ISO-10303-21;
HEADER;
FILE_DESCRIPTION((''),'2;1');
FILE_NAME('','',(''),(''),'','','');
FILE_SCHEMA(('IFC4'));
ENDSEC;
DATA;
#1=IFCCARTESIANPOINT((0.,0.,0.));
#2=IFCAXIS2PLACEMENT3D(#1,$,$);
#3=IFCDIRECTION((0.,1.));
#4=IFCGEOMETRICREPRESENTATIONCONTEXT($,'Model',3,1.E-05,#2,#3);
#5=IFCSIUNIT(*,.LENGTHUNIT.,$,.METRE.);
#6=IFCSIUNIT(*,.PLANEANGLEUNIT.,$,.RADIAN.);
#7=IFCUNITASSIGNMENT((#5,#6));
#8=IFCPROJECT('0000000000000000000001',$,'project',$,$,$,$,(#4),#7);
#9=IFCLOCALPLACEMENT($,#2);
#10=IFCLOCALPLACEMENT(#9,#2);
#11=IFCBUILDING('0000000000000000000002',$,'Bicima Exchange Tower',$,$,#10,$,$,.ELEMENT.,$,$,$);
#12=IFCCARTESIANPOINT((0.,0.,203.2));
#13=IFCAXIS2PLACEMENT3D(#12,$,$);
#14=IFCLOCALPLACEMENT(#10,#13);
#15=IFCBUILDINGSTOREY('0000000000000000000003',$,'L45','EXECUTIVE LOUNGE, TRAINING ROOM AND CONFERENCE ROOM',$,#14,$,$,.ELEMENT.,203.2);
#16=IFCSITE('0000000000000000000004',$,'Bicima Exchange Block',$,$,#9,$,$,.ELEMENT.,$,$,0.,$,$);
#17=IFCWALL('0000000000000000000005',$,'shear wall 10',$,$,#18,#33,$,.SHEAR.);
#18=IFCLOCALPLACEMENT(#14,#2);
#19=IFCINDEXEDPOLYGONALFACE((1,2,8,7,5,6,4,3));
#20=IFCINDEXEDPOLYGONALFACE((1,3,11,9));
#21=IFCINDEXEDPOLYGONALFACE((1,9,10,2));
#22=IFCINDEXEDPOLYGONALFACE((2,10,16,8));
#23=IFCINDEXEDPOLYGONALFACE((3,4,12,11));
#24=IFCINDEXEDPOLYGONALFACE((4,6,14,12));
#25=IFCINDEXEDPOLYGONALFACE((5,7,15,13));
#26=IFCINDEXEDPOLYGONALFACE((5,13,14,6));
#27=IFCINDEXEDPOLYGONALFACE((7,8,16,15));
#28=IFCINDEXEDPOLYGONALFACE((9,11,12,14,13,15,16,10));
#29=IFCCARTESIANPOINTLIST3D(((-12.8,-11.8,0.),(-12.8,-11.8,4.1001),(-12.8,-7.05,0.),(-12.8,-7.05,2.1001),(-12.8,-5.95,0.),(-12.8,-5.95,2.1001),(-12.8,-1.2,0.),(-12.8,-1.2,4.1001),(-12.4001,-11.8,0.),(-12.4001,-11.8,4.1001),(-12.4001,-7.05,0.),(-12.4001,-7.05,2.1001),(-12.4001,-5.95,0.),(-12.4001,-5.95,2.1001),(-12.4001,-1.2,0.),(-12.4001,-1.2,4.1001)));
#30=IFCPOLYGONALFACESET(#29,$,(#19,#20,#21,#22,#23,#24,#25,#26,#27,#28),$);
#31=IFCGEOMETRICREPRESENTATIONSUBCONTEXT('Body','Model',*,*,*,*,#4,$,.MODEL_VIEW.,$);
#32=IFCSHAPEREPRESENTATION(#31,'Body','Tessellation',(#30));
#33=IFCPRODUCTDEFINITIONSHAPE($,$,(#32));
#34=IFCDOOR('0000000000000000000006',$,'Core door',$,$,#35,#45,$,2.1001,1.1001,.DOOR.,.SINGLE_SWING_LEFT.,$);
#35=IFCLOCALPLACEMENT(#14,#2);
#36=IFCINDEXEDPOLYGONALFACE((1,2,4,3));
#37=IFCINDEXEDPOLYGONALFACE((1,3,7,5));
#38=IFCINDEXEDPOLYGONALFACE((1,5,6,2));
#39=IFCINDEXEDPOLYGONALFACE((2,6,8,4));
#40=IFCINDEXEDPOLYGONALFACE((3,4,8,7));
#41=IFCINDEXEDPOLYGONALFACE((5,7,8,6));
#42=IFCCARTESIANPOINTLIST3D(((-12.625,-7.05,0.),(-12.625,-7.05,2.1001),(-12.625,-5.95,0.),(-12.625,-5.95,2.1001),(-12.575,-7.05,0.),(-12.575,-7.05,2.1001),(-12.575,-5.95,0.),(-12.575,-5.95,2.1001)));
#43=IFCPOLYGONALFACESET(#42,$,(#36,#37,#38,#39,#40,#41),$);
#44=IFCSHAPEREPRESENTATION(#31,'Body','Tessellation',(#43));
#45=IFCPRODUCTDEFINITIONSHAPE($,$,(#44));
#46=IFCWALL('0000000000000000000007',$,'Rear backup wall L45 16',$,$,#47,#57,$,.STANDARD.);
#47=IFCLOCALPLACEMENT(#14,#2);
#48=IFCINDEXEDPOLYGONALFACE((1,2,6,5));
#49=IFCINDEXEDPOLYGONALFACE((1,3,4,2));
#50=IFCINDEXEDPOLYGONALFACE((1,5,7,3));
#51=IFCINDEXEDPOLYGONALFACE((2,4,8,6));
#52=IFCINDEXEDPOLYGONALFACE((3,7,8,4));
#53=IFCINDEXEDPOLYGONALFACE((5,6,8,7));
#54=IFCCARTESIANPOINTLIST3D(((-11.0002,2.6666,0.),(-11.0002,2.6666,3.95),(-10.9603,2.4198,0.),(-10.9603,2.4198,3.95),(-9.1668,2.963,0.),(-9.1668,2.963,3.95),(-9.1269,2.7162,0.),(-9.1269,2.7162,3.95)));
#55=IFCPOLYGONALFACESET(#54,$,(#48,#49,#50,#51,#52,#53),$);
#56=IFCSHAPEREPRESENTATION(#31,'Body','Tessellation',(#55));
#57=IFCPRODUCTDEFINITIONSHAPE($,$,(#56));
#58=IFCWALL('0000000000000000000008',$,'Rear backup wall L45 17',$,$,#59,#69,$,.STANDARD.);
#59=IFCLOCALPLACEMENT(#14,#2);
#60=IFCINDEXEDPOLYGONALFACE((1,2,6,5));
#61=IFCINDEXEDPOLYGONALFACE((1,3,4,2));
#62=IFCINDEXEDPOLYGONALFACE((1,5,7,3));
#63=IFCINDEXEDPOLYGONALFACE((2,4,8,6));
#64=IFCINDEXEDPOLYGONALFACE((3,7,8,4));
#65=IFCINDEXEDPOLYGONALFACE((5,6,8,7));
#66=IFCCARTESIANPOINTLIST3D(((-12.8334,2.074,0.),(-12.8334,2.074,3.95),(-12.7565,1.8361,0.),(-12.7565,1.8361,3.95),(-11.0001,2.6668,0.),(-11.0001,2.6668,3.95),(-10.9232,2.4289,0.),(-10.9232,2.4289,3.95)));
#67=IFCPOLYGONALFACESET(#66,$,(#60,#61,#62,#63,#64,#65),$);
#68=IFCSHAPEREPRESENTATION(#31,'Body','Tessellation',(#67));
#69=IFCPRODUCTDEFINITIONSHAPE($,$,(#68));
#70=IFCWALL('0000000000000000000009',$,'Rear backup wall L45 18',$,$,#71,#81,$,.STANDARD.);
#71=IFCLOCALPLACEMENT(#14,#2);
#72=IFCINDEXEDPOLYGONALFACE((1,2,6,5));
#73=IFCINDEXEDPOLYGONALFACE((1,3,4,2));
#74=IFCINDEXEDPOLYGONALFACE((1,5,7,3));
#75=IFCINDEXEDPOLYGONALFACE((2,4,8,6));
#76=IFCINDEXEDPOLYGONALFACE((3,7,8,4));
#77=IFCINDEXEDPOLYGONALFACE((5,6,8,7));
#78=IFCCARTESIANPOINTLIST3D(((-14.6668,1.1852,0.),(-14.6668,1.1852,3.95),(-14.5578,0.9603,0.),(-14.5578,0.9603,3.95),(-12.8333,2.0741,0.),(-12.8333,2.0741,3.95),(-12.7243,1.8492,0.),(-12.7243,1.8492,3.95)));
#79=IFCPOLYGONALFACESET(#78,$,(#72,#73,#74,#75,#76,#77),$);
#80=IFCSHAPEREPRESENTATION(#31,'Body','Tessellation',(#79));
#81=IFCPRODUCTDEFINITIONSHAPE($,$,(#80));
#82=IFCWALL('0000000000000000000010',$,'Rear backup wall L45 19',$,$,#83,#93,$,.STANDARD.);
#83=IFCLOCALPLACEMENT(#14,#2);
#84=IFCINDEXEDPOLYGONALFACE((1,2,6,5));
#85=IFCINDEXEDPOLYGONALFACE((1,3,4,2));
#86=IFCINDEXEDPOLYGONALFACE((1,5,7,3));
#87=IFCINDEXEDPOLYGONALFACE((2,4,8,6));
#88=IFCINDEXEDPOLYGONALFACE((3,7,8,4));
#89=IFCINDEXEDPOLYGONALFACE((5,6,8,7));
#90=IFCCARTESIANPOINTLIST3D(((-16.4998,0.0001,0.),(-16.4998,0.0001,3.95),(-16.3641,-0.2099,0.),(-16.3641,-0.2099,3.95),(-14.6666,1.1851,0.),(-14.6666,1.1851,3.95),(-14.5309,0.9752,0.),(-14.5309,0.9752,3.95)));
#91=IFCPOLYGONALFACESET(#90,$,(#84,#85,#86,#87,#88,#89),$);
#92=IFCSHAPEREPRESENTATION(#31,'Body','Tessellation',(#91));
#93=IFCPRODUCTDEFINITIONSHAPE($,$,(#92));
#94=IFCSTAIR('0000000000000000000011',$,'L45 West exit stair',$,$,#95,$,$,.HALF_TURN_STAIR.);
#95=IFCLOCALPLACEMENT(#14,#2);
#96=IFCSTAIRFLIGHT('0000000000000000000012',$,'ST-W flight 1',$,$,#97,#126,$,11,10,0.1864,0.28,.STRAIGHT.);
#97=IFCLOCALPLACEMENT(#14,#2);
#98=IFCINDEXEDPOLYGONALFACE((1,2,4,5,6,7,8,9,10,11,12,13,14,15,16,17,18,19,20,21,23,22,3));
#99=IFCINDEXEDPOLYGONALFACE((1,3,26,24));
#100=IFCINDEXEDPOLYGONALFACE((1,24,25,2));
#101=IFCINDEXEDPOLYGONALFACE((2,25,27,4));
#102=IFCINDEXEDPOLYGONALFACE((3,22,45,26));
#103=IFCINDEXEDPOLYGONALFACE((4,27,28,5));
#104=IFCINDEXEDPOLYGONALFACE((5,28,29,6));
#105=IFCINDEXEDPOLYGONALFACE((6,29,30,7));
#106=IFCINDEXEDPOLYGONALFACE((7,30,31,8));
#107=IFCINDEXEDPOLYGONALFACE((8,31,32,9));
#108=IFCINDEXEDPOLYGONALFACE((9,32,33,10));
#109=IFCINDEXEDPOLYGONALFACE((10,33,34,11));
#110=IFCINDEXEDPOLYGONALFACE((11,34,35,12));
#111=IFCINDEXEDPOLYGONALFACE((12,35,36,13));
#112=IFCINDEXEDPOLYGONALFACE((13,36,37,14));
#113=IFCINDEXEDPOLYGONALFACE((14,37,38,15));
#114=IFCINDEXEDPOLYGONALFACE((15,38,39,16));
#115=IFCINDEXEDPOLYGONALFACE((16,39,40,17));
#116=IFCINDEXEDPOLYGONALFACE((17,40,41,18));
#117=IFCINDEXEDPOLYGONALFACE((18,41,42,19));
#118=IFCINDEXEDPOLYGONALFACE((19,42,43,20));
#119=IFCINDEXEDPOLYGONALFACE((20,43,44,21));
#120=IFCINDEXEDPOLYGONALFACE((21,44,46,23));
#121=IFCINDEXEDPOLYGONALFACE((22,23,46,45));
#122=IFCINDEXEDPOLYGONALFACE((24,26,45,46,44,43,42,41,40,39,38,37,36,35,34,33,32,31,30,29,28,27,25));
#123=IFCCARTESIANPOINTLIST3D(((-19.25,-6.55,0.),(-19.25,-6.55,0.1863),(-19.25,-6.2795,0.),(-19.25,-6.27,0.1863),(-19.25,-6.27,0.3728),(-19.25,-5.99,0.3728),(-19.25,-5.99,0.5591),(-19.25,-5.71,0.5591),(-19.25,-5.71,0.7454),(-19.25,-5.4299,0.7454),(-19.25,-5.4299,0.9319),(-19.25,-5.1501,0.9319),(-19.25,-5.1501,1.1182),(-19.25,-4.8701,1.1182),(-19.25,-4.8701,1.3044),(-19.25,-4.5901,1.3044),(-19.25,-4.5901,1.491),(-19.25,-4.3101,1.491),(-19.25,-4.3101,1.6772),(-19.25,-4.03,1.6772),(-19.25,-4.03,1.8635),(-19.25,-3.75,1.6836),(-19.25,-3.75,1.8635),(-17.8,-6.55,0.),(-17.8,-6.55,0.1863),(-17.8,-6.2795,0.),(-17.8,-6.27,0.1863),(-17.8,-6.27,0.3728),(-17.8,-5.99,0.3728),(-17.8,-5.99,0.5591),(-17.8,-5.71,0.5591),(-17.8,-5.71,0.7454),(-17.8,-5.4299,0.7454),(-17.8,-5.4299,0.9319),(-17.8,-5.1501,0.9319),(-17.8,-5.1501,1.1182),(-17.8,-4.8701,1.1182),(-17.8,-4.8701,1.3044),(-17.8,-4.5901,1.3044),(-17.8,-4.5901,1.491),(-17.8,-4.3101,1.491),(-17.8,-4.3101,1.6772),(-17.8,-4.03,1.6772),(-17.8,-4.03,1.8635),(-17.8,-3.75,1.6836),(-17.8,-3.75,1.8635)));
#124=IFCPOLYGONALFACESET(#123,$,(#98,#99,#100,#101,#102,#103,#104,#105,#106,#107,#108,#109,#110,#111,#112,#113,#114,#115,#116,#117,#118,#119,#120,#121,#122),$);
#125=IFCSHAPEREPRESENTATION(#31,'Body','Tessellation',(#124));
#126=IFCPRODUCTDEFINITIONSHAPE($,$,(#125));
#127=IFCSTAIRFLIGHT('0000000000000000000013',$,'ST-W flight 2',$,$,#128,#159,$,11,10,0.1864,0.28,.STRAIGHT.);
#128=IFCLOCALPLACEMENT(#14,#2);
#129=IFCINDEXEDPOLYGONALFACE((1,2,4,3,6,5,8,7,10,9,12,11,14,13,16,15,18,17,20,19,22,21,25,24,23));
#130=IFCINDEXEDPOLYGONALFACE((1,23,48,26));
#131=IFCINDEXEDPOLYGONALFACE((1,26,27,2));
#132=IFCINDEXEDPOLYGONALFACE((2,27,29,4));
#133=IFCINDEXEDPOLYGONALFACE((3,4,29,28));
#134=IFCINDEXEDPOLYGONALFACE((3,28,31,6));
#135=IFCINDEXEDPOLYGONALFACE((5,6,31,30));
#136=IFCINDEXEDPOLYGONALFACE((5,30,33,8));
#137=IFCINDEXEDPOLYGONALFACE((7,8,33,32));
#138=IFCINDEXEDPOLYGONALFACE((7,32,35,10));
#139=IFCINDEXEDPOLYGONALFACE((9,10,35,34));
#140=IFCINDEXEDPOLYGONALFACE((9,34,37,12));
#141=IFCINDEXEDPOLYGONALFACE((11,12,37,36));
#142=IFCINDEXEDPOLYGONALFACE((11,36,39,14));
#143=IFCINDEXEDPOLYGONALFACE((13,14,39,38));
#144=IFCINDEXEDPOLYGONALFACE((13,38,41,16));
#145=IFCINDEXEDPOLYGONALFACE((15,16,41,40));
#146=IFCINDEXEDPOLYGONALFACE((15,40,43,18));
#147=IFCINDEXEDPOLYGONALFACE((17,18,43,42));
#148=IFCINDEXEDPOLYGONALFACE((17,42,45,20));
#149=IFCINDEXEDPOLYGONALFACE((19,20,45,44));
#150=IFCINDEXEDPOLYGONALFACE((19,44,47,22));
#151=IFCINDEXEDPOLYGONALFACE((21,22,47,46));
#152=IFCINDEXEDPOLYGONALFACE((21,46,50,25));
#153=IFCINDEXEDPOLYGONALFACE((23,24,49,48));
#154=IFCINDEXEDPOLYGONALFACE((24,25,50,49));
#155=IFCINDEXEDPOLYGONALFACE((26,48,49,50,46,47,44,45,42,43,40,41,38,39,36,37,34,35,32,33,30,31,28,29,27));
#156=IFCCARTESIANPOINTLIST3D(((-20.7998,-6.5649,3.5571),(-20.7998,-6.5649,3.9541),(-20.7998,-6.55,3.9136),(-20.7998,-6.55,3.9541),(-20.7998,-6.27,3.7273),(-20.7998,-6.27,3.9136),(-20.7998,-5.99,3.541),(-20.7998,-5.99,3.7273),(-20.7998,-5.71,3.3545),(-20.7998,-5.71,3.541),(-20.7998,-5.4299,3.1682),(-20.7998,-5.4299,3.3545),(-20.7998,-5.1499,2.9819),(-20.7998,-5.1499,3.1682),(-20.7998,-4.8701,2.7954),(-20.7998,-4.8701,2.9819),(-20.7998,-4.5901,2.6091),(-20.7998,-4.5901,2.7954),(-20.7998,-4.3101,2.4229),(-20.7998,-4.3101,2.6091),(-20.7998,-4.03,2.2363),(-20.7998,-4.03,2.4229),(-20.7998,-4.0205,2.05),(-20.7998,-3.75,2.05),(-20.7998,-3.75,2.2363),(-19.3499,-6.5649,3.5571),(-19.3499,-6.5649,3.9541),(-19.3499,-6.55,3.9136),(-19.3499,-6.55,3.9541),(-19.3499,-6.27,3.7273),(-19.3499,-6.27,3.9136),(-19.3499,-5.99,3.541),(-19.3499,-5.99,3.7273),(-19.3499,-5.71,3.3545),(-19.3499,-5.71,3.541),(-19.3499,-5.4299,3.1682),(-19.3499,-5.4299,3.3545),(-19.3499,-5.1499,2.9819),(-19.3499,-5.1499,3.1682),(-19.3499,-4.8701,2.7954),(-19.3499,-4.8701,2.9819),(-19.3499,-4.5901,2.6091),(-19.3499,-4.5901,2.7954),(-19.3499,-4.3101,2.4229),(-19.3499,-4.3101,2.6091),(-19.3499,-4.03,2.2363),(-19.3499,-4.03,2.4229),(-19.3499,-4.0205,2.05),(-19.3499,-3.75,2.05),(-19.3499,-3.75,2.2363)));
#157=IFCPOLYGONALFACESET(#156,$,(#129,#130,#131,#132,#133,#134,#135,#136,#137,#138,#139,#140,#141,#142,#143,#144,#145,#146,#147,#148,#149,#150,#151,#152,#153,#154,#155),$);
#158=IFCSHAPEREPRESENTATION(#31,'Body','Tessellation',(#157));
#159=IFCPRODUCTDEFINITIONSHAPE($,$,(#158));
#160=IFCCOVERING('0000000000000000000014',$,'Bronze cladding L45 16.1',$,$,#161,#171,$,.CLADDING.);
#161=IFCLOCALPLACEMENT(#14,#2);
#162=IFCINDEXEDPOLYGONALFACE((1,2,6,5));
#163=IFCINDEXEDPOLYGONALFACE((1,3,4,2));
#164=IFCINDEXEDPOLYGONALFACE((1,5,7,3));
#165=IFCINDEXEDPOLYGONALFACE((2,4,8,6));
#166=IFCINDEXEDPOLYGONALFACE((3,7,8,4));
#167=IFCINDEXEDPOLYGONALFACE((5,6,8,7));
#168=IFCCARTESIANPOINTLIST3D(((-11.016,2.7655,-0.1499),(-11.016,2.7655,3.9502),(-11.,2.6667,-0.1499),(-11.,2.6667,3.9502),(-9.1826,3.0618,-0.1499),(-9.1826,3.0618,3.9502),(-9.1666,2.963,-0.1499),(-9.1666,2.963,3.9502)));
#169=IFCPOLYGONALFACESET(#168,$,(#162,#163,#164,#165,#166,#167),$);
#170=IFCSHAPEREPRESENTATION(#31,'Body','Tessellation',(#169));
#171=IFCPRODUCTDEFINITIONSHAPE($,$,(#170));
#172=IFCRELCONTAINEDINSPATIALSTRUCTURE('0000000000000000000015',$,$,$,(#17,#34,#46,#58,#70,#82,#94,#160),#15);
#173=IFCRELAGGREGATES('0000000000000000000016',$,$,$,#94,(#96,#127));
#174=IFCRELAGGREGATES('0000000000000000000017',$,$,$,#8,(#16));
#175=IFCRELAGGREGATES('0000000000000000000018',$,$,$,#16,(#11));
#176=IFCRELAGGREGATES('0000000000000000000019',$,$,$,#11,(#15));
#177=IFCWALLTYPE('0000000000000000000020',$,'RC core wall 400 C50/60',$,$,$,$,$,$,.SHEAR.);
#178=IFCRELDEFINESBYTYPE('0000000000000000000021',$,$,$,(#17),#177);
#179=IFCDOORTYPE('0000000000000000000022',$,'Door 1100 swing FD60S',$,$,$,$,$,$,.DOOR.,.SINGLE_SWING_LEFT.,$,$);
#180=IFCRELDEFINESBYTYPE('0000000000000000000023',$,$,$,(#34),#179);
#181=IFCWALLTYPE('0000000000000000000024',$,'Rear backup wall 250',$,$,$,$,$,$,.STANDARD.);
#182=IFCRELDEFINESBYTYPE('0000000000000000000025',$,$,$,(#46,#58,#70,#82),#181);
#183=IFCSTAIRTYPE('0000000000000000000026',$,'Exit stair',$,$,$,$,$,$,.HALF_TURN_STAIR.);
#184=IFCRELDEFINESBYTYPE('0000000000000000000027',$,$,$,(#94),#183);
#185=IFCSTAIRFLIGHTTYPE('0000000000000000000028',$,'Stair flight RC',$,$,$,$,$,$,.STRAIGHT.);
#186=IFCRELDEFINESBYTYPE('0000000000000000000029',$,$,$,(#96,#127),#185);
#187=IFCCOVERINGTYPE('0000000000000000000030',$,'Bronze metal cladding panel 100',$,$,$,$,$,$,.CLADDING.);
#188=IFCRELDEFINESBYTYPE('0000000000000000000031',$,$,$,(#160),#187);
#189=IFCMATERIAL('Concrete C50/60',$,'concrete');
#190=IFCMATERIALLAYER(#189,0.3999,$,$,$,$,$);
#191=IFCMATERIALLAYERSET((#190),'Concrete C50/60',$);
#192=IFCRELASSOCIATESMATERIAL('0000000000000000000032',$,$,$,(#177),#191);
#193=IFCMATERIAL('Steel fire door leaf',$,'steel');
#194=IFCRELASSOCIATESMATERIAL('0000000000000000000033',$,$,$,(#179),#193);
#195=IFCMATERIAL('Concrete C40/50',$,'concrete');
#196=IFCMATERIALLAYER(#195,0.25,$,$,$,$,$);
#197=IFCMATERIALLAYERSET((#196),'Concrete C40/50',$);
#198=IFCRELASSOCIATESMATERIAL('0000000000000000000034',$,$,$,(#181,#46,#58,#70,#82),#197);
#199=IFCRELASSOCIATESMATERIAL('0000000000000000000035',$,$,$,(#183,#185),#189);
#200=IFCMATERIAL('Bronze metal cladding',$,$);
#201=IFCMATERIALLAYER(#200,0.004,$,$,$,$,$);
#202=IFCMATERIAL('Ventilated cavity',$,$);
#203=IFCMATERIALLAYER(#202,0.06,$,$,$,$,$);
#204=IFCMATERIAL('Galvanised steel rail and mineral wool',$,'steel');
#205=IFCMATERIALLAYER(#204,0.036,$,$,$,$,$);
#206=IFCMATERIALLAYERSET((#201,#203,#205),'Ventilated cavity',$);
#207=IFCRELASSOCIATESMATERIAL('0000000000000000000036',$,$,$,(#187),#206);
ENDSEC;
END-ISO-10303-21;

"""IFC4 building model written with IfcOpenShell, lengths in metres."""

from ifc_helpers import new_model, si_unit, direction, frame, frame_2d, origin, origin_2d, place, context, subcontext, project, spatial, polyline, rectangle, outline, extrude, material, layer, layer_set, layer_usage, type_object, element, fill, aggregate, save


model = new_model("IFC4")

# Units and contexts
model_context = context("Model", 3, precision=1e-05, world=origin(), true_north=direction((0.0, 1.0)))
body_context = subcontext(model_context, "Body", "Model", "MODEL_VIEW")
ifc_project = project(units=[si_unit("LENGTHUNIT", "METRE"), si_unit("PLANEANGLEUNIT", "RADIAN")], contexts=[model_context])

# Site, building, storey
site_placement = place(None, origin())
site = spatial("IfcSite", under=ifc_project, at=site_placement, Name="Bicima Exchange Block", CompositionType="ELEMENT", RefElevation=0.0)
building_placement = place(site_placement, origin())
building = spatial("IfcBuilding", under=site, at=building_placement, Name="Bicima Exchange Tower", CompositionType="ELEMENT")
storey_placement = place(building_placement, frame((0.0, 0.0, 203.2)))
storey = spatial("IfcBuildingStorey", under=building, at=storey_placement, Name="L45", Description="EXECUTIVE LOUNGE, TRAINING ROOM AND CONFERENCE ROOM", CompositionType="ELEMENT", Elevation=203.2)

# Shared definitions
ifc_material_1 = material(Name="Concrete C50/60", Category="concrete")
ifc_layer_1 = layer(ifc_material_1, 0.3999)
ifc_layer_set_1 = layer_set([ifc_layer_1], Name="Concrete C50/60")
wall_type_1 = type_object("IfcWallType", Name="RC core wall 400 C50/60", PredefinedType="SHEAR", material=ifc_layer_set_1)
ifc_material_2 = material(Name="Steel fire door leaf", Category="steel")
door_type_1 = type_object("IfcDoorType", Name="Door 1100 swing FD60S", OperationType="SINGLE_SWING_LEFT", PredefinedType="DOOR", material=ifc_material_2)

# Wall, opening, door
wall_1_placement = place(storey_placement, frame((-12.6001, -11.8, 0.0), z_axis=(0.0, 0.0, 1.0), x_axis=(0.0, 1.0, 0.0)))
wall_1 = element("IfcWall", 1, at=wall_1_placement, inside=storey, type_object=wall_type_1, Name="shear wall 10", PredefinedType="SHEAR", context=body_context, shape_type="SweptSolid", body=[
    extrude(rectangle(XDim=10.6001, YDim=0.3999, at=frame_2d((5.3, 0.0))), origin(), (0.0, 0.0, 1.0), 4.1001),
])
opening_1_placement = place(wall_1_placement, frame((4.75, 0.0, 0.0)))
opening_1 = element("IfcOpeningElement", 2, at=opening_1_placement, cuts=wall_1, PredefinedType="OPENING", context=body_context, shape_type="SweptSolid", body=[
    extrude(rectangle(XDim=1.1001, YDim=2.1001, at=frame_2d((0.55, 1.05))), frame((0.0, 0.2119, 0.0), z_axis=(0.0, -1.0, 0.0), x_axis=(1.0, 0.0, 0.0)), (0.0, 0.0, 1.0), 0.4238),
])
door_1_placement = place(opening_1_placement, origin())
door_1 = element("IfcDoor", 3, at=door_1_placement, inside=storey, type_object=door_type_1, Name="Core door", OperationType="SINGLE_SWING_LEFT", OverallHeight=2.1001, OverallWidth=1.1001, PredefinedType="DOOR", context=body_context, shape_type="SweptSolid", body=[
    extrude(rectangle(XDim=1.1001, YDim=2.1001, at=frame_2d((0.55, 1.05))), frame((0.0, 0.0249, 0.0), z_axis=(0.0, -1.0, 0.0), x_axis=(1.0, 0.0, 0.0)), (0.0, 0.0, 1.0), 0.05),
])
fill(opening_1, door_1)

# Walls
ifc_material_3 = material(Name="Concrete C40/50", Category="concrete")
ifc_layer_2 = layer(ifc_material_3, 0.25)
ifc_layer_set_2 = layer_set([ifc_layer_2], Name="Concrete C40/50")
ifc_layer_usage = layer_usage(ifc_layer_set_2, "AXIS2", "POSITIVE", -0.125)
wall_type_2 = type_object("IfcWallType", Name="Rear backup wall 250", PredefinedType="STANDARD", material=ifc_layer_set_2)
wall_2_placement = place(storey_placement, frame((-9.1467, 2.8396, 0.0), z_axis=(0.0, 0.0, 1.0), x_axis=(-0.987182, -0.1596, 0.0)))
element("IfcWall", 4, at=wall_2_placement, inside=storey, type_object=wall_type_2, material=ifc_layer_usage, Name="Rear backup wall L45 16", PredefinedType="STANDARD", context=body_context, shape_type="SweptSolid", body=[
    extrude(rectangle(XDim=1.8572, YDim=0.25, at=frame_2d((0.9287, 0.0))), origin(), (0.0, 0.0, 1.0), 3.95),
])
wall_3_placement = place(storey_placement, frame((-10.9617, 2.5479, 0.0), z_axis=(0.0, 0.0, 1.0), x_axis=(-0.951496, -0.307662, 0.0)))
element("IfcWall", 5, at=wall_3_placement, inside=storey, type_object=wall_type_2, material=ifc_layer_usage, Name="Rear backup wall L45 17", PredefinedType="STANDARD", context=body_context, shape_type="SweptSolid", body=[
    extrude(rectangle(XDim=1.9268, YDim=0.25, at=frame_2d((0.9634, 0.0))), origin(), (0.0, 0.0, 1.0), 3.95),
])
wall_4_placement = place(storey_placement, frame((-12.7788, 1.9617, 0.0), z_axis=(0.0, 0.0, 1.0), x_axis=(-0.899824, -0.436253, 0.0)))
element("IfcWall", 6, at=wall_4_placement, inside=storey, type_object=wall_type_2, material=ifc_layer_usage, Name="Rear backup wall L45 18", PredefinedType="STANDARD", context=body_context, shape_type="SweptSolid", body=[
    extrude(rectangle(XDim=2.0376, YDim=0.25, at=frame_2d((1.0188, 0.0))), origin(), (0.0, 0.0, 1.0), 3.95),
])
wall_5_placement = place(storey_placement, frame((-14.5989, 1.0801, 0.0), z_axis=(0.0, 0.0, 1.0), x_axis=(-0.839813, -0.542876, 0.0)))
element("IfcWall", 7, at=wall_5_placement, inside=storey, type_object=wall_type_2, material=ifc_layer_usage, Name="Rear backup wall L45 19", PredefinedType="STANDARD", context=body_context, shape_type="SweptSolid", body=[
    extrude(rectangle(XDim=2.1829, YDim=0.25, at=frame_2d((1.0913, 0.0))), origin(), (0.0, 0.0, 1.0), 3.95),
])

# Stair, stair flights
stair_type = type_object("IfcStairType", Name="Exit stair", PredefinedType="HALF_TURN_STAIR", material=ifc_material_1)
stair_placement = place(storey_placement, origin())
stair = element("IfcStair", 8, at=stair_placement, inside=storey, type_object=stair_type, Name="L45 West exit stair", PredefinedType="HALF_TURN_STAIR")
stair_flight_type = type_object("IfcStairFlightType", Name="Stair flight RC", PredefinedType="STRAIGHT", material=ifc_material_1)
stair_flight_1_placement = place(storey_placement, frame((-18.5249, -6.55, 0.0), z_axis=(0.0, 0.0, 1.0), x_axis=(0.0, 1.0, 0.0)))
stair_flight_1 = element("IfcStairFlight", 9, at=stair_flight_1_placement, type_object=stair_flight_type, Name="ST-W flight 1", NumberOfRisers=11, NumberOfTreads=10, PredefinedType="STRAIGHT", RiserHeight=0.1864, TreadLength=0.28, context=body_context, shape_type="SweptSolid", body=[
    extrude(outline(polyline([(0.0, 0.0), (0.0, 0.1863), (0.28, 0.1863), (0.28, 0.3728), (0.5601, 0.3728), (0.5601, 0.5591), (0.8401, 0.5591), (0.8401, 0.7454), (1.1201, 0.7454), (1.1201, 0.9319), (1.3999, 0.9319), (1.3999, 1.1182), (1.6799, 1.1182), (1.6799, 1.3044), (1.96, 1.3044), (1.96, 1.491), (2.24, 1.491), (2.24, 1.6772), (2.52, 1.6772), (2.52, 1.8635), (2.8, 1.8635), (2.8, 2.05), (2.8, 1.6836), (0.2705, 0.0), (0.0, 0.0)])), frame((0.0, 0.7251, 0.0), z_axis=(0.0, -1.0, 0.0), x_axis=(1.0, 0.0, 0.0)), (0.0, 0.0, 1.0), 1.45),
])
stair_flight_2_placement = place(storey_placement, frame((-20.075, -3.75, 2.05), z_axis=(0.0, 0.0, 1.0), x_axis=(0.0, -1.0, 0.0)))
stair_flight_2 = element("IfcStairFlight", 10, at=stair_flight_2_placement, type_object=stair_flight_type, Name="ST-W flight 2", NumberOfRisers=11, NumberOfTreads=10, PredefinedType="STRAIGHT", RiserHeight=0.1864, TreadLength=0.28, context=body_context, shape_type="SweptSolid", body=[
    extrude(outline(polyline([(0.0, 0.0), (0.0, 0.1863), (0.28, 0.1863), (0.28, 0.3728), (0.5601, 0.3728), (0.5601, 0.5591), (0.8401, 0.5591), (0.8401, 0.7454), (1.1201, 0.7454), (1.1201, 0.9319), (1.3999, 0.9319), (1.3999, 1.1182), (1.6799, 1.1182), (1.6799, 1.3044), (1.96, 1.3044), (1.96, 1.491), (2.24, 1.491), (2.24, 1.6772), (2.52, 1.6772), (2.52, 1.8635), (2.8, 1.8635), (2.8, 1.9041), (2.8149, 1.9041), (2.8149, 1.5071), (0.2705, 0.0), (0.0, 0.0)])), frame((0.0, 0.7251, 0.0), z_axis=(0.0, -1.0, 0.0), x_axis=(1.0, 0.0, 0.0)), (0.0, 0.0, 1.0), 1.45),
])
aggregate(stair, [stair_flight_1, stair_flight_2])

# Covering
ifc_material_4 = material(Name="Bronze metal cladding")
ifc_layer_3 = layer(ifc_material_4, 0.004)
ifc_material_5 = material(Name="Ventilated cavity")
ifc_layer_4 = layer(ifc_material_5, 0.06)
ifc_material_6 = material(Name="Galvanised steel rail and mineral wool", Category="steel")
ifc_layer_5 = layer(ifc_material_6, 0.036)
ifc_layer_set_3 = layer_set([ifc_layer_3, ifc_layer_4, ifc_layer_5], Name="Ventilated cavity")
covering_type = type_object("IfcCoveringType", Name="Bronze metal cladding panel 100", PredefinedType="CLADDING", material=ifc_layer_set_3)
covering_1_placement = place(storey_placement, frame((-10.0913, 2.8643, -0.1499), z_axis=(0.0, 0.0, 1.0), x_axis=(-0.98719, -0.15955, 0.0)))
element("IfcCovering", 11, at=covering_1_placement, inside=storey, type_object=covering_type, Name="Bronze cladding L45 16.1", PredefinedType="CLADDING", context=body_context, shape_type="SweptSolid", body=[
    extrude(rectangle(XDim=1.8572, YDim=0.1001, at=origin_2d()), origin(), (0.0, 0.0, 1.0), 4.1001),
])

save(model, "model.ifc")
